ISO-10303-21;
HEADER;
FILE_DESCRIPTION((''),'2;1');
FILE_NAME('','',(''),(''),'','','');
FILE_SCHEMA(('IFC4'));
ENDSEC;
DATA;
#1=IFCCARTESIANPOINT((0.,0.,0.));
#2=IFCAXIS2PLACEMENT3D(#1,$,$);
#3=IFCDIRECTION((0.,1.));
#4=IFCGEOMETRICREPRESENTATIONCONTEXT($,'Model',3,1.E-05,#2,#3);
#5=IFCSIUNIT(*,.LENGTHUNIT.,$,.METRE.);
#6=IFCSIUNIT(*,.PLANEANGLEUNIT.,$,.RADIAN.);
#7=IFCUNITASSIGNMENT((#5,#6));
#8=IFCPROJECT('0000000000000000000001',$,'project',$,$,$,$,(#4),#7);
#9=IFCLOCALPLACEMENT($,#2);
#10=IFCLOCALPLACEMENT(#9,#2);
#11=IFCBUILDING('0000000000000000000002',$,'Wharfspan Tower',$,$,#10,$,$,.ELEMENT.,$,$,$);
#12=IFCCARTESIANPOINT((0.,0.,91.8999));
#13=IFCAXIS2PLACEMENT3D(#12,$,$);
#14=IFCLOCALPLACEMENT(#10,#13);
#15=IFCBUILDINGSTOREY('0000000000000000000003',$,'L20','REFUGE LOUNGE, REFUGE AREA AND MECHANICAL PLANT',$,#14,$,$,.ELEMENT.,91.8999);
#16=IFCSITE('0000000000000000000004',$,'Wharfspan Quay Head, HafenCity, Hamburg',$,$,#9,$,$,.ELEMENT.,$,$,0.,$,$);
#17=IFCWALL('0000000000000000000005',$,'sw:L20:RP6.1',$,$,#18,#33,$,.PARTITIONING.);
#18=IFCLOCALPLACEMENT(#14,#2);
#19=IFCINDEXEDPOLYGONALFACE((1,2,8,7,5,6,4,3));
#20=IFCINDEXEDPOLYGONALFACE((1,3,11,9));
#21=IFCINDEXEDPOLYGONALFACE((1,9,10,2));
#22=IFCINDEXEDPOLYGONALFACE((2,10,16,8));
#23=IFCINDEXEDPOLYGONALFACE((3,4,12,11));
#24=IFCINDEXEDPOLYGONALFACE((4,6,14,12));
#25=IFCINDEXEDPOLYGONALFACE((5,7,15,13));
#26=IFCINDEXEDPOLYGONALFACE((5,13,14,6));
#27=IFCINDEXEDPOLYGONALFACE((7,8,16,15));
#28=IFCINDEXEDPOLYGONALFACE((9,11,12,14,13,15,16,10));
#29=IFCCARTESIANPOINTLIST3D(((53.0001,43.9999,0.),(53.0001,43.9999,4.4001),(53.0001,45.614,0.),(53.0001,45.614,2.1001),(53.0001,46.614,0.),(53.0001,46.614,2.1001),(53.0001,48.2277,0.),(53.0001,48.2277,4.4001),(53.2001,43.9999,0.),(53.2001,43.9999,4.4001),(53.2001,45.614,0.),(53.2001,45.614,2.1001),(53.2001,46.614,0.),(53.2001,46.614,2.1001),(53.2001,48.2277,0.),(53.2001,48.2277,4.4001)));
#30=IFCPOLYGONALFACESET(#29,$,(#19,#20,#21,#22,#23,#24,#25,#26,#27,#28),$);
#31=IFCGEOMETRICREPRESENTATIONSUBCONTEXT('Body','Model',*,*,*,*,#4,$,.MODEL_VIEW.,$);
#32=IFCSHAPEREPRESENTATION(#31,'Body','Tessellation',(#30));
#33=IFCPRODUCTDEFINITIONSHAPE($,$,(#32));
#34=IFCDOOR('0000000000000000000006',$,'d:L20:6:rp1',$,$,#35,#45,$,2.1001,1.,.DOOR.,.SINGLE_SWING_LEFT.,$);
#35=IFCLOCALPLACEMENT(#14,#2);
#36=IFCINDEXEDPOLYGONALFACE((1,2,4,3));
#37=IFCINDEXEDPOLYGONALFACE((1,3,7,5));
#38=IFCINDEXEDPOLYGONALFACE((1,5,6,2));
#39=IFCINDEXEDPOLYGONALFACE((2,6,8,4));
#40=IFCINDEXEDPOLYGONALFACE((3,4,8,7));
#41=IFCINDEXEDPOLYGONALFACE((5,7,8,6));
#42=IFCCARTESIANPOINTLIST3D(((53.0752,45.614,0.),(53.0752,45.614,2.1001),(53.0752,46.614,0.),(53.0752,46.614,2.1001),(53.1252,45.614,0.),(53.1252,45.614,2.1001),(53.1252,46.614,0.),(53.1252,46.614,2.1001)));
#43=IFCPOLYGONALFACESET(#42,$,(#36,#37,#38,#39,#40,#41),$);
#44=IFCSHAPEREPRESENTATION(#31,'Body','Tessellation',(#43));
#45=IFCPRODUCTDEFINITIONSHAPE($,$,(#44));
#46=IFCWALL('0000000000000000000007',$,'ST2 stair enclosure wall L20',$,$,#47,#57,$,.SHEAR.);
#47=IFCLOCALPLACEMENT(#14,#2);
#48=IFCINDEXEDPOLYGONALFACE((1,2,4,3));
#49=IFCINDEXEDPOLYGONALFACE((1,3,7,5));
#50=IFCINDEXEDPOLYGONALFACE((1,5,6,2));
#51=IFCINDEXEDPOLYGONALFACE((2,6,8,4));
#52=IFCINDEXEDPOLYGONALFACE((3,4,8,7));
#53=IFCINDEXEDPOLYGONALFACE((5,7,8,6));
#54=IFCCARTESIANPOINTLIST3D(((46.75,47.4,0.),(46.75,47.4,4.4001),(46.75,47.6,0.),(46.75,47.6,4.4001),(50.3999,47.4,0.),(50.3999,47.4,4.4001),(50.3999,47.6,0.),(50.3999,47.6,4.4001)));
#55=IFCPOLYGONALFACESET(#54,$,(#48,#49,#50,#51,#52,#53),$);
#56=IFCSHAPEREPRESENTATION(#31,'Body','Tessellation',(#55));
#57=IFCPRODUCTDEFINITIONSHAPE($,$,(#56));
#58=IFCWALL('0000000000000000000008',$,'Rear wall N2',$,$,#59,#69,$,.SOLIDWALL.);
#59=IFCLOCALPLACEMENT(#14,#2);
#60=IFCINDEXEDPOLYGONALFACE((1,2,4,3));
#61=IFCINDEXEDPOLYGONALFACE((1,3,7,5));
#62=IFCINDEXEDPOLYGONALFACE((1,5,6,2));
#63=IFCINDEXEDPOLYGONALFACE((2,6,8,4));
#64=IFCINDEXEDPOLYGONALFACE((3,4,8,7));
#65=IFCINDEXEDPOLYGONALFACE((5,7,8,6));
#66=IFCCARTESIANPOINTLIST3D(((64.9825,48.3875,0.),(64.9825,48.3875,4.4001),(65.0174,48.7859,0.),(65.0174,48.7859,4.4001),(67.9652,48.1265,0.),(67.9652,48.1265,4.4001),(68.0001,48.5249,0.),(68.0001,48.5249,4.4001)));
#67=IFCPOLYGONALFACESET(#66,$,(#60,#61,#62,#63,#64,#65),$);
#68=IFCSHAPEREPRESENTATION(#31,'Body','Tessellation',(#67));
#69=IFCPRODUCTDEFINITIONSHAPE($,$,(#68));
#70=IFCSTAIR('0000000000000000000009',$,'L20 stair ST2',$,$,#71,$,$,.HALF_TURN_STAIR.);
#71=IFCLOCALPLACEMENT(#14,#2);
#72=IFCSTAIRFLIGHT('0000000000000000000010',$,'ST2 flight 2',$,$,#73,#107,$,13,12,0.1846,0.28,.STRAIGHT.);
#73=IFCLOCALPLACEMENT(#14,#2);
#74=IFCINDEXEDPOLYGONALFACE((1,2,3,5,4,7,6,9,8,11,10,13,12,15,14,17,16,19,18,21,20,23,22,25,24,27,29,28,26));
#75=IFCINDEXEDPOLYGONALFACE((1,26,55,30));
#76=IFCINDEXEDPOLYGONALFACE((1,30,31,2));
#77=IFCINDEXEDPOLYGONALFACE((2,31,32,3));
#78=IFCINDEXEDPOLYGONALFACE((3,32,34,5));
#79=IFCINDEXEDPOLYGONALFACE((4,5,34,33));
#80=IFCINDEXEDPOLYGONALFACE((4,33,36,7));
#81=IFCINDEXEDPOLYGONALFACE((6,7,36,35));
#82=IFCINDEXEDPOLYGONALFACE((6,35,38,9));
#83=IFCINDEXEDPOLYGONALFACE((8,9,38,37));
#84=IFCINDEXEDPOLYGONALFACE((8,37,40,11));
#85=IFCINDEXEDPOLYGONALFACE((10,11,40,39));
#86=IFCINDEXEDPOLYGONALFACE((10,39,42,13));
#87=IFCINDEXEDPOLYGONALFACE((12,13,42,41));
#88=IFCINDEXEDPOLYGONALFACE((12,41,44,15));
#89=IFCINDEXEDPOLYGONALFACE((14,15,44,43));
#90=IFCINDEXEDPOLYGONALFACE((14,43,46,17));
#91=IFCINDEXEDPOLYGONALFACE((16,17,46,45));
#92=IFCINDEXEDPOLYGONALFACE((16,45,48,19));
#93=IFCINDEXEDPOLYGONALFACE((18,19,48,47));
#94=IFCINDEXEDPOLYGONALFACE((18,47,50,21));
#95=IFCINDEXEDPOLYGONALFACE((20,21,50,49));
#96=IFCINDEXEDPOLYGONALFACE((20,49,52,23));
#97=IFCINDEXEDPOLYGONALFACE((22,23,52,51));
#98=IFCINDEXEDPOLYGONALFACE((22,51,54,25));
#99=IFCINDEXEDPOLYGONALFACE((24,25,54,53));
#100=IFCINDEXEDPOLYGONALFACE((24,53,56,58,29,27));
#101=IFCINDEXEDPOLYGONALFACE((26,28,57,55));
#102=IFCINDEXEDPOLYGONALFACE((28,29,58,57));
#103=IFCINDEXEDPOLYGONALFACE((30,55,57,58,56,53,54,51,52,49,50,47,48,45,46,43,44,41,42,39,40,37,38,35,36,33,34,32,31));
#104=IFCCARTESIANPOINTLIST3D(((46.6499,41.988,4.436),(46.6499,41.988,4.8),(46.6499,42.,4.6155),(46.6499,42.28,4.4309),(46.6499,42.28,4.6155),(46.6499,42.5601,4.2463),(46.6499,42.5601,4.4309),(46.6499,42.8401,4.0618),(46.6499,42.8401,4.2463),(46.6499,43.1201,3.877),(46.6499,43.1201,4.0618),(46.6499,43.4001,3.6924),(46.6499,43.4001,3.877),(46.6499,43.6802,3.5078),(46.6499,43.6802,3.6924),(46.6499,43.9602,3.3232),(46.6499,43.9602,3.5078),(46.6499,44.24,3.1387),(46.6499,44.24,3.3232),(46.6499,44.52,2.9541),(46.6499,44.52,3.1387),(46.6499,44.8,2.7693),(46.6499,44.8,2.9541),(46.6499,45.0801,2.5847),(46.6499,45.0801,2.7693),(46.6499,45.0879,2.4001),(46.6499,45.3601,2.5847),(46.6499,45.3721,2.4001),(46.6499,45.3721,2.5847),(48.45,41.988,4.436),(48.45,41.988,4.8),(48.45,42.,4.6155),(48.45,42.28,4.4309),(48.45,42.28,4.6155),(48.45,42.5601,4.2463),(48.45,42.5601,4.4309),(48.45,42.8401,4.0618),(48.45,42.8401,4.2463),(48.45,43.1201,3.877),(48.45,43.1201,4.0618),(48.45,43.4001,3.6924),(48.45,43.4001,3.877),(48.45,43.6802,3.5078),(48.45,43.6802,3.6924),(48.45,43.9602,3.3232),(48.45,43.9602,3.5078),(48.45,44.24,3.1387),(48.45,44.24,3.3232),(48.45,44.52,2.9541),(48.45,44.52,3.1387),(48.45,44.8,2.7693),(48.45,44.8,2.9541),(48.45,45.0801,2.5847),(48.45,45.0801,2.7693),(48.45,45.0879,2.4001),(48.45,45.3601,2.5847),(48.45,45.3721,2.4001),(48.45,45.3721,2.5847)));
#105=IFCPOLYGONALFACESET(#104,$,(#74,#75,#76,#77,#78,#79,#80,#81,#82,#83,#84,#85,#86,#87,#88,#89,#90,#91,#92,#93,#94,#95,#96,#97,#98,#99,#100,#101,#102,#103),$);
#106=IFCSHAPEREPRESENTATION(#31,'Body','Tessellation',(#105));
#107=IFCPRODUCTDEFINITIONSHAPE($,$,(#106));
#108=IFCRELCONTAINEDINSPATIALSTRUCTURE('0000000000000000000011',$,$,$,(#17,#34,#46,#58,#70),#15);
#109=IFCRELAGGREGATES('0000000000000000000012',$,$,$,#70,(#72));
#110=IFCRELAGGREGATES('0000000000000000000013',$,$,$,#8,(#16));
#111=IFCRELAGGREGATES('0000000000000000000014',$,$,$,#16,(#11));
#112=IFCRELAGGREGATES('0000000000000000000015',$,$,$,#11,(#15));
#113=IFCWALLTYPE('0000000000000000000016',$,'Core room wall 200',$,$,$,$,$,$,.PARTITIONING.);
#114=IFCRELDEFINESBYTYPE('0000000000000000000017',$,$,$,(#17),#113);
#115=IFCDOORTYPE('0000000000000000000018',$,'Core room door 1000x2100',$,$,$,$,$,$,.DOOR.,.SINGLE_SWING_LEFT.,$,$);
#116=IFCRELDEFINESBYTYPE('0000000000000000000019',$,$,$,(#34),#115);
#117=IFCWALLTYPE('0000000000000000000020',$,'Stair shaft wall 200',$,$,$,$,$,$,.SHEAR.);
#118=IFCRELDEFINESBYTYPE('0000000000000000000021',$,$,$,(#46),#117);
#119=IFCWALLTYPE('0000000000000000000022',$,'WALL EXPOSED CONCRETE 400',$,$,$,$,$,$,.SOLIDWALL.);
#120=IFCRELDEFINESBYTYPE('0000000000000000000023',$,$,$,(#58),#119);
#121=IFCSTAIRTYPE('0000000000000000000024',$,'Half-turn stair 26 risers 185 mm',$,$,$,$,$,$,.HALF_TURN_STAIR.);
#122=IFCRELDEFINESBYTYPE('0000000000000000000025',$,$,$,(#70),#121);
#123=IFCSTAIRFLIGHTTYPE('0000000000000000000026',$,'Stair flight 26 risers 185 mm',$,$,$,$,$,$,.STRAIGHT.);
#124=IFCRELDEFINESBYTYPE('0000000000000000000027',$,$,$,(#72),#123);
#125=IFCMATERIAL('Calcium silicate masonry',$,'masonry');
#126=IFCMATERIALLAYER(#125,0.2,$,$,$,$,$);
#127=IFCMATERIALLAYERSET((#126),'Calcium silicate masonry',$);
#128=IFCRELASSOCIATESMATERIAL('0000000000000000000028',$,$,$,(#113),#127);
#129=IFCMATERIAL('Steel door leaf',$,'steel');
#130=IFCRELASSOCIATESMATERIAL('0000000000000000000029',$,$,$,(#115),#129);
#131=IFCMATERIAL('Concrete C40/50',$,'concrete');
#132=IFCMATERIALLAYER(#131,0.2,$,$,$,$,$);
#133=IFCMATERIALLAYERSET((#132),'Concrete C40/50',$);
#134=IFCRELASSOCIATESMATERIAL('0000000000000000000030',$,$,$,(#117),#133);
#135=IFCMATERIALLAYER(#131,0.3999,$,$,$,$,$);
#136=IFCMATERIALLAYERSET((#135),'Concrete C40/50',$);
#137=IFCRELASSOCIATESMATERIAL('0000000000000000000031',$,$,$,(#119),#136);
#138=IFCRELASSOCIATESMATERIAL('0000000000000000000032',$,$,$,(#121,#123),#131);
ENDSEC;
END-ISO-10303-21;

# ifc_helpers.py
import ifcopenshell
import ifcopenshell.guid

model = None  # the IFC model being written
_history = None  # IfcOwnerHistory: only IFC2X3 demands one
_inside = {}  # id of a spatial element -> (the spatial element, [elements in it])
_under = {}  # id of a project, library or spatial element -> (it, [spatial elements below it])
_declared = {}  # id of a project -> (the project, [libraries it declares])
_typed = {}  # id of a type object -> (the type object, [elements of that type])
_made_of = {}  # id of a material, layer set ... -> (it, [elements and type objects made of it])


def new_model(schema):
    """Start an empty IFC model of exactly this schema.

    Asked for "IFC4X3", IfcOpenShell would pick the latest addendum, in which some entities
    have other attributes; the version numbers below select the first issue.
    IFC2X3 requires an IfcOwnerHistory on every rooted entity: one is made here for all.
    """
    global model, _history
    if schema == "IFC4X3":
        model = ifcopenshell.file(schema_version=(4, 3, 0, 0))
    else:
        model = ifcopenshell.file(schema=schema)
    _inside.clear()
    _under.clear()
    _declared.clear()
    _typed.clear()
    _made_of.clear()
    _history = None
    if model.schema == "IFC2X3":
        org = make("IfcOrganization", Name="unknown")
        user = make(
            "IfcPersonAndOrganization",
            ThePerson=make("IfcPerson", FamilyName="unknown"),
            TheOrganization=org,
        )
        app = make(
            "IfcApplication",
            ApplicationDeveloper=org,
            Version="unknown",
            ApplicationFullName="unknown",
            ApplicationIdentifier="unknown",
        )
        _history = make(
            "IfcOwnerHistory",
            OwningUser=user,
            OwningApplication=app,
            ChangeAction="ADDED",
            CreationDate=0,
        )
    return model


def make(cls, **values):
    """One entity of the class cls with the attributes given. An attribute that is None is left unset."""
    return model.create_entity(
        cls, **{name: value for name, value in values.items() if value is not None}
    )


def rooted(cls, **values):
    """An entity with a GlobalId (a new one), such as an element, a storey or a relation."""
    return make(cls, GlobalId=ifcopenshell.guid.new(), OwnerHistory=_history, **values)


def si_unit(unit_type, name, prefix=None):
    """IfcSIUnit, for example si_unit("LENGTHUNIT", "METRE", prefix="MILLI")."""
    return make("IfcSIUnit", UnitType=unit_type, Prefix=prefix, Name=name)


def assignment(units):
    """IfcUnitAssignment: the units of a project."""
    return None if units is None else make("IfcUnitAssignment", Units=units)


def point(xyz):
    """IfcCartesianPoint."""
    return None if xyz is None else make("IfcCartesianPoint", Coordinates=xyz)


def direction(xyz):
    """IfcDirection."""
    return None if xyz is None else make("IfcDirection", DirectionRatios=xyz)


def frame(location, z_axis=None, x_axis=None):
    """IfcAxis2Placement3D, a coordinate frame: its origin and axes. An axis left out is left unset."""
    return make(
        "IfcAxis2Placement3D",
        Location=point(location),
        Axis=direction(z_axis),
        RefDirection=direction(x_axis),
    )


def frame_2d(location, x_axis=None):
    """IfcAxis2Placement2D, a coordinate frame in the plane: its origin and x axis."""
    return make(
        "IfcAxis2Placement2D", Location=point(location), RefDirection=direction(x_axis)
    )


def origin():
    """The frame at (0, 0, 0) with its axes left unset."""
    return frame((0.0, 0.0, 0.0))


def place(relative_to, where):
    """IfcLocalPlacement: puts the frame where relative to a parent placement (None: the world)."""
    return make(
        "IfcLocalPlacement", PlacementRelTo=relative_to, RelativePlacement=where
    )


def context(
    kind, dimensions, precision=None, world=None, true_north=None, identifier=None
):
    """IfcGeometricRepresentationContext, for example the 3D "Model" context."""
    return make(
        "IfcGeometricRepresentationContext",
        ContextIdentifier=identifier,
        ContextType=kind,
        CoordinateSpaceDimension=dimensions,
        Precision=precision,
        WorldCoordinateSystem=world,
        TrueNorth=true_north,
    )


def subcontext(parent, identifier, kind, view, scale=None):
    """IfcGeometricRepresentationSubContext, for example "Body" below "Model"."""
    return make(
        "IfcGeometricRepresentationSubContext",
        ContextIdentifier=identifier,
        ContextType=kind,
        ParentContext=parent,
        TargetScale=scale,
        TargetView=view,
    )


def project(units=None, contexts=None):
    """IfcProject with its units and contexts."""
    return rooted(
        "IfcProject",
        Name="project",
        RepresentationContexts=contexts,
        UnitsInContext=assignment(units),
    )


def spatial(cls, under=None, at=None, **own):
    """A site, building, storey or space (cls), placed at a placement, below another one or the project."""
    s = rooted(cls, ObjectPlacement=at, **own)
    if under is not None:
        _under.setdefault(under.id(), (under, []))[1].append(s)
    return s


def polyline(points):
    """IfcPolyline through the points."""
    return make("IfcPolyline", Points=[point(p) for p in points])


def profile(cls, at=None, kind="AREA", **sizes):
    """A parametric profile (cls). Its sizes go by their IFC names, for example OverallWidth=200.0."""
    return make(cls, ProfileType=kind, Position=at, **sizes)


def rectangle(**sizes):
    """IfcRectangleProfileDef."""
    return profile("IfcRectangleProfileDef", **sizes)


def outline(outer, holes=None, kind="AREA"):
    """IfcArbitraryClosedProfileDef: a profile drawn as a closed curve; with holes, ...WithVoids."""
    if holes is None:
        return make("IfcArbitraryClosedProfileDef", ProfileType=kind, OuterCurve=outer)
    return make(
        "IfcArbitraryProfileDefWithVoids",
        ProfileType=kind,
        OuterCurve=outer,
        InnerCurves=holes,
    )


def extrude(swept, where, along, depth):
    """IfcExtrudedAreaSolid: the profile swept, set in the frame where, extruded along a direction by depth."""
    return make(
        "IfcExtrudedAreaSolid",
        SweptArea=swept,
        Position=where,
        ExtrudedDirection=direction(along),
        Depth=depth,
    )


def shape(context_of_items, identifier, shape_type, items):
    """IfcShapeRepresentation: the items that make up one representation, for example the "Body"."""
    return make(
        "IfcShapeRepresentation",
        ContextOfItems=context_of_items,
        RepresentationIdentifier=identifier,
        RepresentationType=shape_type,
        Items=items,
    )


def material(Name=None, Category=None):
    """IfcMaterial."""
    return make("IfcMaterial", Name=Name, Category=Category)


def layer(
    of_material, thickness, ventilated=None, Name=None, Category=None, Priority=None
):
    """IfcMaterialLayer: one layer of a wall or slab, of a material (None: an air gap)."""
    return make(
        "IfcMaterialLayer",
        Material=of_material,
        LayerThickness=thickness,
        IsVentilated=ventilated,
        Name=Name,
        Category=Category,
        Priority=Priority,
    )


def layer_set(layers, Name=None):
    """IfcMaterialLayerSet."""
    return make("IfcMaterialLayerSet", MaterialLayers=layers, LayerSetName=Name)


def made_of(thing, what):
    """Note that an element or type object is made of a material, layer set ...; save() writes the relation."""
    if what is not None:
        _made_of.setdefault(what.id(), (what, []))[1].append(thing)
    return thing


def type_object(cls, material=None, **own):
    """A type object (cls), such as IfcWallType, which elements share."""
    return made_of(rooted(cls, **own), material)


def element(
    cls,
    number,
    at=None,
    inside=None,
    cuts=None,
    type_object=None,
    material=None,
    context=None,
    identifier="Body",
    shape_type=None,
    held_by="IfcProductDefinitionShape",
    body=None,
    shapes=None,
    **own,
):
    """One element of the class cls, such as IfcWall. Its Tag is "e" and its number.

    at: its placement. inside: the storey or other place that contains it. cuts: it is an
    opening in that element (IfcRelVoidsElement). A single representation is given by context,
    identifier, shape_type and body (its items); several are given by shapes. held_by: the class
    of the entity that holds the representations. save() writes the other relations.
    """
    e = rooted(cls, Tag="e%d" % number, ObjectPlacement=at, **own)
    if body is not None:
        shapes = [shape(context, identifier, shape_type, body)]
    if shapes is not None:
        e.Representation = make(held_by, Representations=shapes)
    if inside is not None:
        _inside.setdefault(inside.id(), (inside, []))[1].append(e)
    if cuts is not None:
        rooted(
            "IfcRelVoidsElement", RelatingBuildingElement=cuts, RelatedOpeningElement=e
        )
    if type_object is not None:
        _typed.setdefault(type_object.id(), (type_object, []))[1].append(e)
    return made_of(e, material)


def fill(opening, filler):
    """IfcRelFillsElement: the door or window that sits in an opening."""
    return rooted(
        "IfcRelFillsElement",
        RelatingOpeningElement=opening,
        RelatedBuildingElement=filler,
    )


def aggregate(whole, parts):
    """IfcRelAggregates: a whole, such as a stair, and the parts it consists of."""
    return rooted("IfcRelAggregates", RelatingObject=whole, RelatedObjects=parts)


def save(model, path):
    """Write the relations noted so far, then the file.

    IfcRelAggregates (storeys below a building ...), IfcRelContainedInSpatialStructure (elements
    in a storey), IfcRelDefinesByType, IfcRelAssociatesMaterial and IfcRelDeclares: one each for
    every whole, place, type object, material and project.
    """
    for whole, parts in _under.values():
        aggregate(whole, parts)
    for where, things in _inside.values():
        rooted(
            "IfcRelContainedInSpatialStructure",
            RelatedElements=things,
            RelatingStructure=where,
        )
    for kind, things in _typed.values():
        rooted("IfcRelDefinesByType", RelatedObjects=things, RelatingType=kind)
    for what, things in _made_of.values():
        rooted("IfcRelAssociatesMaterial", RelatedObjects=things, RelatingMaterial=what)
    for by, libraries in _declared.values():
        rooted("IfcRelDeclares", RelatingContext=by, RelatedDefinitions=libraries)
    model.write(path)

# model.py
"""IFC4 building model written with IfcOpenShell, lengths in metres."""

from ifc_helpers import new_model, si_unit, direction, frame, frame_2d, origin, place, context, subcontext, project, spatial, polyline, rectangle, outline, extrude, material, layer, layer_set, type_object, element, fill, aggregate, save


model = new_model("IFC4")

# Units and contexts
model_context = context("Model", 3, precision=1e-05, world=origin(), true_north=direction((0.0, 1.0)))
body_context = subcontext(model_context, "Body", "Model", "MODEL_VIEW")
ifc_project = project(units=[si_unit("LENGTHUNIT", "METRE"), si_unit("PLANEANGLEUNIT", "RADIAN")], contexts=[model_context])

# Site, building, storey
site_placement = place(None, origin())
site = spatial("IfcSite", under=ifc_project, at=site_placement, Name="Wharfspan Quay Head, HafenCity, Hamburg", CompositionType="ELEMENT", RefElevation=0.0)
building_placement = place(site_placement, origin())
building = spatial("IfcBuilding", under=site, at=building_placement, Name="Wharfspan Tower", CompositionType="ELEMENT")
storey_placement = place(building_placement, frame((0.0, 0.0, 91.8999)))
storey = spatial("IfcBuildingStorey", under=building, at=storey_placement, Name="L20", Description="REFUGE LOUNGE, REFUGE AREA AND MECHANICAL PLANT", CompositionType="ELEMENT", Elevation=91.8999)

# Wall, opening, door
ifc_material_1 = material(Name="Calcium silicate masonry", Category="masonry")
ifc_layer_1 = layer(ifc_material_1, 0.2)
ifc_layer_set_1 = layer_set([ifc_layer_1], Name="Calcium silicate masonry")
wall_type_1 = type_object("IfcWallType", Name="Core room wall 200", PredefinedType="PARTITIONING", material=ifc_layer_set_1)
wall_1_placement = place(storey_placement, frame((53.1001, 44.0, 0.0), z_axis=(0.0, 0.0, 1.0), x_axis=(0.0, 1.0, 0.0)))
wall_1 = element("IfcWall", 1, at=wall_1_placement, inside=storey, type_object=wall_type_1, Name="sw:L20:RP6.1", PredefinedType="PARTITIONING", context=body_context, shape_type="SweptSolid", body=[
    extrude(rectangle(XDim=4.2278, YDim=0.2, at=frame_2d((2.1138, 0.0))), origin(), (0.0, 0.0, 1.0), 4.4001),
])
opening_placement = place(wall_1_placement, frame((1.614, 0.0, 0.0)))
opening = element("IfcOpeningElement", 2, at=opening_placement, cuts=wall_1, PredefinedType="OPENING", context=body_context, shape_type="SweptSolid", body=[
    extrude(rectangle(XDim=1.0, YDim=2.1001, at=frame_2d((0.5, 1.05))), frame((0.0, 0.1099, 0.0), z_axis=(0.0, -1.0, 0.0), x_axis=(1.0, 0.0, 0.0)), (0.0, 0.0, 1.0), 0.22),
])
ifc_material_2 = material(Name="Steel door leaf", Category="steel")
door_type = type_object("IfcDoorType", Name="Core room door 1000x2100", OperationType="SINGLE_SWING_LEFT", PredefinedType="DOOR", material=ifc_material_2)
door_placement = place(opening_placement, origin())
door = element("IfcDoor", 3, at=door_placement, inside=storey, type_object=door_type, Name="d:L20:6:rp1", OperationType="SINGLE_SWING_LEFT", OverallHeight=2.1001, OverallWidth=1.0, PredefinedType="DOOR", context=body_context, shape_type="SweptSolid", body=[
    extrude(rectangle(XDim=1.0, YDim=2.1001, at=frame_2d((0.5, 1.05))), frame((0.0, 0.0249, 0.0), z_axis=(0.0, -1.0, 0.0), x_axis=(1.0, 0.0, 0.0)), (0.0, 0.0, 1.0), 0.05),
])
fill(opening, door)

# Walls
ifc_material_3 = material(Name="Concrete C40/50", Category="concrete")
ifc_layer_2 = layer(ifc_material_3, 0.2)
ifc_layer_set_2 = layer_set([ifc_layer_2], Name="Concrete C40/50")
wall_type_2 = type_object("IfcWallType", Name="Stair shaft wall 200", PredefinedType="SHEAR", material=ifc_layer_set_2)
wall_2_placement = place(storey_placement, frame((46.75, 47.5, 0.0), z_axis=(0.0, 0.0, 1.0), x_axis=(1.0, 0.0, 0.0)))
element("IfcWall", 4, at=wall_2_placement, inside=storey, type_object=wall_type_2, Name="ST2 stair enclosure wall L20", PredefinedType="SHEAR", context=body_context, shape_type="SweptSolid", body=[
    extrude(rectangle(XDim=3.6499, YDim=0.2, at=frame_2d((1.825, 0.0))), origin(), (0.0, 0.0, 1.0), 4.4001),
])
ifc_layer_3 = layer(ifc_material_3, 0.3999)
ifc_layer_set_3 = layer_set([ifc_layer_3], Name="Concrete C40/50")
wall_type_3 = type_object("IfcWallType", Name="WALL EXPOSED CONCRETE 400", PredefinedType="SOLIDWALL", material=ifc_layer_set_3)
wall_3_placement = place(storey_placement, frame((67.9827, 48.3257, 0.0), z_axis=(0.0, 0.0, 1.0), x_axis=(-0.996194, 0.087168, 0.0)))
element("IfcWall", 5, at=wall_3_placement, inside=storey, type_object=wall_type_3, Name="Rear wall N2", PredefinedType="SOLIDWALL", context=body_context, shape_type="SweptSolid", body=[
    extrude(rectangle(XDim=2.9941, YDim=0.3999, at=frame_2d((1.4971, 0.0))), origin(), (0.0, 0.0, 1.0), 4.4001),
])

# Stair, stair flight
stair_type = type_object("IfcStairType", Name="Half-turn stair 26 risers 185 mm", PredefinedType="HALF_TURN_STAIR", material=ifc_material_3)
stair_placement = place(storey_placement, origin())
stair = element("IfcStair", 6, at=stair_placement, inside=storey, type_object=stair_type, Name="L20 stair ST2", PredefinedType="HALF_TURN_STAIR")
stair_flight_type = type_object("IfcStairFlightType", Name="Stair flight 26 risers 185 mm", PredefinedType="STRAIGHT", material=ifc_material_3)
stair_flight_placement = place(storey_placement, frame((47.55, 45.3601, 2.4001), z_axis=(0.0, 0.0, 1.0), x_axis=(0.0, -1.0, 0.0)))
stair_flight = element("IfcStairFlight", 7, at=stair_flight_placement, type_object=stair_flight_type, Name="ST2 flight 2", NumberOfRisers=13, NumberOfTreads=12, PredefinedType="STRAIGHT", RiserHeight=0.1846, TreadLength=0.28, context=body_context, shape_type="SweptSolid", body=[
    extrude(outline(polyline([(-0.012, 0.0), (-0.012, 0.1846), (0.0, 0.1846), (0.28, 0.1846), (0.28, 0.3691), (0.5601, 0.3691), (0.5601, 0.554), (0.8401, 0.554), (0.8401, 0.7385), (1.1201, 0.7385), (1.1201, 0.9231), (1.3999, 0.9231), (1.3999, 1.1077), (1.6799, 1.1077), (1.6799, 1.2922), (1.96, 1.2922), (1.96, 1.4768), (2.24, 1.4768), (2.24, 1.6616), (2.52, 1.6616), (2.52, 1.8462), (2.8, 1.8462), (2.8, 2.0308), (3.0801, 2.0308), (3.0801, 2.2153), (3.3601, 2.2153), (3.3721, 2.3999), (3.3721, 2.0359), (0.2722, 0.0), (-0.012, 0.0)])), frame((0.0, 0.8999, 0.0), z_axis=(0.0, -1.0, 0.0), x_axis=(1.0, 0.0, 0.0)), (0.0, 0.0, 1.0), 1.8),
])
aggregate(stair, [stair_flight])

save(model, "model.ifc")
